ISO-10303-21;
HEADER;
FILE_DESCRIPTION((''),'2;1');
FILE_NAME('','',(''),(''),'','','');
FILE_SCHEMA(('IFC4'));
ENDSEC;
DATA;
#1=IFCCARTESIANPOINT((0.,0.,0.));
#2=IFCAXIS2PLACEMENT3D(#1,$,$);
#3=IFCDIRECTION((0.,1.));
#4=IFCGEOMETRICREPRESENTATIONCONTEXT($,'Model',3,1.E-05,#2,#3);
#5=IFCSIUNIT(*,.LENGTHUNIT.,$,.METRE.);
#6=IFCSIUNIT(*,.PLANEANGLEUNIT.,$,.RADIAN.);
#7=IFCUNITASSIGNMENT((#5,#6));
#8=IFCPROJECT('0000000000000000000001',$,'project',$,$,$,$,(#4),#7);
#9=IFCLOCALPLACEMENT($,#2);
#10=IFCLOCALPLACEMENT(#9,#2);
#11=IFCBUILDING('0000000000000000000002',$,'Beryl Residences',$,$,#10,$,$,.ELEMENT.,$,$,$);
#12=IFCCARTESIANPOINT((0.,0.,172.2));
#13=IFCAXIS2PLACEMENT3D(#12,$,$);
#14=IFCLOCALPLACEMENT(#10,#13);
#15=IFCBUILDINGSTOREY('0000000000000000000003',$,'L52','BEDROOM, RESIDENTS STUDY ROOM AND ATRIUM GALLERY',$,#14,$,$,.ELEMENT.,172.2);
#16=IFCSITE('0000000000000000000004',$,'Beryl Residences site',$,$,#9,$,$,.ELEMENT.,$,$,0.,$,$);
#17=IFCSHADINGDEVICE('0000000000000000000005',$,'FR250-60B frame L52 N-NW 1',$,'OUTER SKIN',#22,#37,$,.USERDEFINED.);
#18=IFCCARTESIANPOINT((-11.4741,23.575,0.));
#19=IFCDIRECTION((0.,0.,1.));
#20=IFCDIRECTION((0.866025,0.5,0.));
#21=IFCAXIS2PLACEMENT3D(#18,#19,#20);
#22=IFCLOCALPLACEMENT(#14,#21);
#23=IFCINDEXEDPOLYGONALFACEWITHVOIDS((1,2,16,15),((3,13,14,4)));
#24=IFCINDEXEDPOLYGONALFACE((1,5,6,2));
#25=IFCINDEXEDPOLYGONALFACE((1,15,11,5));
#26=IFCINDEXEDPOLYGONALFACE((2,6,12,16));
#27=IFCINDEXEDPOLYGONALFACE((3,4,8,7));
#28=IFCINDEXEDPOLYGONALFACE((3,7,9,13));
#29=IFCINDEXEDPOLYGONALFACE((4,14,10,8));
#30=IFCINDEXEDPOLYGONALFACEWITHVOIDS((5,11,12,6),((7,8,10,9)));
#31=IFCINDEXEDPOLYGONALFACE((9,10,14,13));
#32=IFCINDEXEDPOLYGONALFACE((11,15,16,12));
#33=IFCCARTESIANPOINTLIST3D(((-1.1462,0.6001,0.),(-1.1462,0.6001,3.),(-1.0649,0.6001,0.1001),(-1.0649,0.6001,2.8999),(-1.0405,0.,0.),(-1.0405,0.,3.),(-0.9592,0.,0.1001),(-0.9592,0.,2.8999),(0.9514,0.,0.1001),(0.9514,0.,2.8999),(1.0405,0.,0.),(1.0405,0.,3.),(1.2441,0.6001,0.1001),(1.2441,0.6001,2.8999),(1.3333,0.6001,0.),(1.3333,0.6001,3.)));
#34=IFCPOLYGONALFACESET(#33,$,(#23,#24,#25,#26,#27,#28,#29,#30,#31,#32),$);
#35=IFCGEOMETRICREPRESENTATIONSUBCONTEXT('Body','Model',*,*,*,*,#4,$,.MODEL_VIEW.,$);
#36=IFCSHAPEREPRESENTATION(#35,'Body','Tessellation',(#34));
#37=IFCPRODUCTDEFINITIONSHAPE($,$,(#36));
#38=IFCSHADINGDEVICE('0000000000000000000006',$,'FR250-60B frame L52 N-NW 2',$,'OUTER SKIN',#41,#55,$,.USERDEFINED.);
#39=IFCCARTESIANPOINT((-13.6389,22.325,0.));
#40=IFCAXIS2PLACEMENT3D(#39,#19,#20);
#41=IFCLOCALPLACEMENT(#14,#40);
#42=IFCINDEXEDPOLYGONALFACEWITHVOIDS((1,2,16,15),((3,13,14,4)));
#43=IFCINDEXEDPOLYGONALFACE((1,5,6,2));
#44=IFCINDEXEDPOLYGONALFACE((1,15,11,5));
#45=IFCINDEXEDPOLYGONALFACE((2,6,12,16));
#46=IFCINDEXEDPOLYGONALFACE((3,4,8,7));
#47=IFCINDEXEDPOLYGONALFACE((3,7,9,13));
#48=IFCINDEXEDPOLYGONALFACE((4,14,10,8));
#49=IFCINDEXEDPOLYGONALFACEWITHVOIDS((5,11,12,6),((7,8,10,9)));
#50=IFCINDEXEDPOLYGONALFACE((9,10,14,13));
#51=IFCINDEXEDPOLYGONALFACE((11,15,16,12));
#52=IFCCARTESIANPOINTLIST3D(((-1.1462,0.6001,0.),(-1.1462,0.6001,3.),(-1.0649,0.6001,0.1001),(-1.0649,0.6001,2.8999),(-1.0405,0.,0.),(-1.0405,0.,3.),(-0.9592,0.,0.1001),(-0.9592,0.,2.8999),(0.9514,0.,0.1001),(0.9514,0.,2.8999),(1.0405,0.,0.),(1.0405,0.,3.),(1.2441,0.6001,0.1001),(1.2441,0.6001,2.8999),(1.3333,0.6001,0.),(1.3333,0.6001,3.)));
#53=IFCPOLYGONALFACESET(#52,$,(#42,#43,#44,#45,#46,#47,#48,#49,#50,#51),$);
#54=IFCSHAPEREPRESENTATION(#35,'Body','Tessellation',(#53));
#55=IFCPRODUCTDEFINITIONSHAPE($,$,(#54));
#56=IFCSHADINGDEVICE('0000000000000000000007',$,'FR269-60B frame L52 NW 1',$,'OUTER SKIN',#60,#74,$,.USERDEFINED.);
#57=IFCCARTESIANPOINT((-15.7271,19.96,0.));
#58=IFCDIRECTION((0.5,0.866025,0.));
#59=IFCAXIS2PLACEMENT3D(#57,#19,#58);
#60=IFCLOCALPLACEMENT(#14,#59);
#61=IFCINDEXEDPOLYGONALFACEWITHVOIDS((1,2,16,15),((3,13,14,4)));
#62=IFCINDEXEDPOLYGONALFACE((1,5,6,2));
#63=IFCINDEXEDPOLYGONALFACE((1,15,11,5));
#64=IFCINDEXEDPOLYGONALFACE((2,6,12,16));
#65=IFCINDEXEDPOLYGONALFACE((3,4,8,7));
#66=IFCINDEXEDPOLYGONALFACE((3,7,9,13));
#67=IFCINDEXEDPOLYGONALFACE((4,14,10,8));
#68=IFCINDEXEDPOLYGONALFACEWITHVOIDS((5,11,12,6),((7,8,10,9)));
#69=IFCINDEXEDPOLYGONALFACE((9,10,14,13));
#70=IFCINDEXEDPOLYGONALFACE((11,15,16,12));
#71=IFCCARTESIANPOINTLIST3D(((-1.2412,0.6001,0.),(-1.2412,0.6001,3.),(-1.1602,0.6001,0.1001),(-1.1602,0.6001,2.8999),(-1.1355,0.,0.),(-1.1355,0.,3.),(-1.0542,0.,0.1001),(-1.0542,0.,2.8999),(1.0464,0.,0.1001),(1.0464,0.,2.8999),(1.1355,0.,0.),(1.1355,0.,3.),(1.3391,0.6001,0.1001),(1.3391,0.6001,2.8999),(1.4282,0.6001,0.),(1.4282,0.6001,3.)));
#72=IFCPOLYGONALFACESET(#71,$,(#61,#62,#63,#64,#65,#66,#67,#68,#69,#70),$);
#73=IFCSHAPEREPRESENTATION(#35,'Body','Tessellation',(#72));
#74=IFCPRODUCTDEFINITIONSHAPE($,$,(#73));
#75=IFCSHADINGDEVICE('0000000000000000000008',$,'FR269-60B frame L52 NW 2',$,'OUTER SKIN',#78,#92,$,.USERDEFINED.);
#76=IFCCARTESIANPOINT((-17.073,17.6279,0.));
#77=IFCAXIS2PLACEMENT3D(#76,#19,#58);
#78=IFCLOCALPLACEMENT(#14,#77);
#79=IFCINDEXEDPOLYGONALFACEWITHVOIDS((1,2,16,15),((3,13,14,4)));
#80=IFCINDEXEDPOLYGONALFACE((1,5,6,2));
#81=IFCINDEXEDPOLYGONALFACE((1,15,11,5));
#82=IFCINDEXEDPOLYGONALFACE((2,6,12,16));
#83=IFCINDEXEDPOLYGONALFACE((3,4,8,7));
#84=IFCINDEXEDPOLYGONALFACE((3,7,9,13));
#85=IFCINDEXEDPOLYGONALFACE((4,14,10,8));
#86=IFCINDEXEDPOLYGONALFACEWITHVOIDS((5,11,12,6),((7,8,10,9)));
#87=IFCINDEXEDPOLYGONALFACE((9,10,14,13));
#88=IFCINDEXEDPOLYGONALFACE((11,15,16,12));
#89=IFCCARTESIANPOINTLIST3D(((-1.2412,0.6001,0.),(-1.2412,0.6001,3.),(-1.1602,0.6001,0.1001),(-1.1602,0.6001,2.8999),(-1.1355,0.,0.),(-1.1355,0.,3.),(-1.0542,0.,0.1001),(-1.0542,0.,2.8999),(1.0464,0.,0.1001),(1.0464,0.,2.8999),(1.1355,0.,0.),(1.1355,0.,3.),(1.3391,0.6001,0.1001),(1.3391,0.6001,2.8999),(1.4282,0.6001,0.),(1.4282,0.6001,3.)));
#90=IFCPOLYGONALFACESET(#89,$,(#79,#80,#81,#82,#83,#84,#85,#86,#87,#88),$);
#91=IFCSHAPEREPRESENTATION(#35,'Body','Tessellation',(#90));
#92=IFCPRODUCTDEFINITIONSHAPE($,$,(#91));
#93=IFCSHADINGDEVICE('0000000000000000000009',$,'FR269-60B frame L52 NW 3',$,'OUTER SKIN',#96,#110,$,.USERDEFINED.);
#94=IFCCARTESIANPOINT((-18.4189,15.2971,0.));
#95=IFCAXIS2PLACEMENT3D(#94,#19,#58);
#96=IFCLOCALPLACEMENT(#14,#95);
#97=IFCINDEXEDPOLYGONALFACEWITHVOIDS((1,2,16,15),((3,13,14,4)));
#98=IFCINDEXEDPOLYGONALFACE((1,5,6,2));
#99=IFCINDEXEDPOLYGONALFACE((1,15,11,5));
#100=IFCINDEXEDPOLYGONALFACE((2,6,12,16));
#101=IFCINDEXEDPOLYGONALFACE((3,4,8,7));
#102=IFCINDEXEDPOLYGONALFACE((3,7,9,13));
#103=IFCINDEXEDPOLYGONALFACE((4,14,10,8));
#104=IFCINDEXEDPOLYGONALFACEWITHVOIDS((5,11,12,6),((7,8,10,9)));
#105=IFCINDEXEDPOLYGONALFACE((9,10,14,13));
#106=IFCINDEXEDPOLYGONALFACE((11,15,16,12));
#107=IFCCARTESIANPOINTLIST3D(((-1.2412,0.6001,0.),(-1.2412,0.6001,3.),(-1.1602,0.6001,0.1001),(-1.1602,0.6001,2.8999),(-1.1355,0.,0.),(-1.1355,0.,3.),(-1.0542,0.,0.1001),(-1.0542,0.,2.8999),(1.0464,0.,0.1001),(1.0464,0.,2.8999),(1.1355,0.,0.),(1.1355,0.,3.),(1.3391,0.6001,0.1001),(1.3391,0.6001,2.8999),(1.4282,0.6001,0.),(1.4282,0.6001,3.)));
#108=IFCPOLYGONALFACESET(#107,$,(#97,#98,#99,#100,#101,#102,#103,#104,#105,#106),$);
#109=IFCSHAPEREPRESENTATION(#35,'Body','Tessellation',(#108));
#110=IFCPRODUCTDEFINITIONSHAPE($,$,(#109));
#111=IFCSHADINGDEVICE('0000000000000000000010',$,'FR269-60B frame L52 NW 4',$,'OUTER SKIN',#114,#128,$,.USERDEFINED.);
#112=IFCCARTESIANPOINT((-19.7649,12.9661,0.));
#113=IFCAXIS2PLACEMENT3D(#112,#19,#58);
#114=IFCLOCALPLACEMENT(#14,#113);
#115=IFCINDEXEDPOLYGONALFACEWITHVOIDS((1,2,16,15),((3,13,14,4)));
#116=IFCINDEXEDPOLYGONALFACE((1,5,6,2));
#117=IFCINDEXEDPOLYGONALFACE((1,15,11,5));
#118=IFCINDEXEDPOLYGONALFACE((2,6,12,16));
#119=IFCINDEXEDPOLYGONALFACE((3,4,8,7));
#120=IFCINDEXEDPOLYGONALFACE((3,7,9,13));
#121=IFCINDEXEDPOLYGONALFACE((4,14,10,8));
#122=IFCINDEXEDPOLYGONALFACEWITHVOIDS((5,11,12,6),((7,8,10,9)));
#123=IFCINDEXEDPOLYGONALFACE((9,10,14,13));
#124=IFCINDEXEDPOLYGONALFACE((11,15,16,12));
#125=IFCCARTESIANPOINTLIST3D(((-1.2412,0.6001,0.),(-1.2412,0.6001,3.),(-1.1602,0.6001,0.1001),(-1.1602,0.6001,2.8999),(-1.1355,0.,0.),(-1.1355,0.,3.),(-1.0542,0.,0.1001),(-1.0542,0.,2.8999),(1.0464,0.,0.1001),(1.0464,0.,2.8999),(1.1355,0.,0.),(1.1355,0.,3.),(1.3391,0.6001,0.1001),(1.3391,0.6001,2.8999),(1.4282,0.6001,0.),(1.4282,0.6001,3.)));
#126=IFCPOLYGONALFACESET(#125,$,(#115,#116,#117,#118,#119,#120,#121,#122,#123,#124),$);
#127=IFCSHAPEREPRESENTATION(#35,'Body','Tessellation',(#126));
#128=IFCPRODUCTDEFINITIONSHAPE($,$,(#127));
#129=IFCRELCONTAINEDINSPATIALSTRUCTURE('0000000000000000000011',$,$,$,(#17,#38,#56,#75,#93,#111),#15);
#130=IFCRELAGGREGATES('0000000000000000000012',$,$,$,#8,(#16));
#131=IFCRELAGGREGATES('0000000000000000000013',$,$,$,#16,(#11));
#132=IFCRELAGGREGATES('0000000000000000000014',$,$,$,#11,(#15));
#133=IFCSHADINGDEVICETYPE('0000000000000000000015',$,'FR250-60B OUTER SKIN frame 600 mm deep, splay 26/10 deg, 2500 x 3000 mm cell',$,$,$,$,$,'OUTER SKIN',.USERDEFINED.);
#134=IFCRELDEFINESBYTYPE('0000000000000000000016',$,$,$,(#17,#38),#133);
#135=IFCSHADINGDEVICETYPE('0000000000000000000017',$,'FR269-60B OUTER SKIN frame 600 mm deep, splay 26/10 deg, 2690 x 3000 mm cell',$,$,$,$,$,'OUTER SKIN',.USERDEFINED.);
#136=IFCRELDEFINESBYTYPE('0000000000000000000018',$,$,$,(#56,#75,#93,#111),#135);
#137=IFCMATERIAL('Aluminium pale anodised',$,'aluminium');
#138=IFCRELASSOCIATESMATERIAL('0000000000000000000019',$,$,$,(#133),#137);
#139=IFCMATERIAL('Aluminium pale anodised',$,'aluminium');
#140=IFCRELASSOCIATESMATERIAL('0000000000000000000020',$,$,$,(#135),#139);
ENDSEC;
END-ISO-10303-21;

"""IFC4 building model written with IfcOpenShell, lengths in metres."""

from ifc_helpers import new_model, entity, si_unit, direction, frame, origin, place, context, subcontext, project, spatial, source, transform, mapped, material, type_object, type_shapes, element, save


model = new_model("IFC4")

# Units and contexts
model_context = context("Model", 3, precision=1e-05, world=origin(), true_north=direction((0.0, 1.0)))
body_context = subcontext(model_context, "Body", "Model", "MODEL_VIEW")
ifc_project = project(units=[si_unit("LENGTHUNIT", "METRE"), si_unit("PLANEANGLEUNIT", "RADIAN")], contexts=[model_context])

# Site, building, storey
site_placement = place(None, origin())
site = spatial("IfcSite", under=ifc_project, at=site_placement, Name="Beryl Residences site", CompositionType="ELEMENT", RefElevation=0.0)
building_placement = place(site_placement, origin())
building = spatial("IfcBuilding", under=site, at=building_placement, Name="Beryl Residences", CompositionType="ELEMENT")
storey_placement = place(building_placement, frame((0.0, 0.0, 172.2)))
storey = spatial("IfcBuildingStorey", under=building, at=storey_placement, Name="L52", Description="BEDROOM, RESIDENTS STUDY ROOM AND ATRIUM GALLERY", CompositionType="ELEMENT", Elevation=172.2)

# Shading devices
ifc_material_1 = material(Name="Aluminium pale anodised", Category="aluminium")
shading_device_type_1 = type_object("IfcShadingDeviceType", Name="FR250-60B OUTER SKIN frame 600 mm deep, splay 26/10 deg, 2500 x 3000 mm cell", ElementType="OUTER SKIN", PredefinedType="USERDEFINED", material=ifc_material_1)
cartesian_point_1 = entity("IfcCartesianPoint", [-1.0405, 0.0])
cartesian_point_2 = entity("IfcCartesianPoint", [-0.9514, 0.1001])
cartesian_point_3 = entity("IfcCartesianPoint", [-1.3333, 0.0])
cartesian_point_4 = entity("IfcCartesianPoint", [-1.2441, 0.1001])
shared_shape_1 = source(origin(), body_context, "Body", "SweptSolid", [
    entity("IfcExtrudedAreaSolidTapered", entity("IfcArbitraryProfileDefWithVoids", "AREA", None, entity("IfcPolyline", [cartesian_point_1, entity("IfcCartesianPoint", [1.0405, 0.0]), entity("IfcCartesianPoint", [1.0405, 3.0]), entity("IfcCartesianPoint", [-1.0405, 3.0]), cartesian_point_1]), [entity("IfcPolyline", [cartesian_point_2, entity("IfcCartesianPoint", [0.9592, 0.1001]), entity("IfcCartesianPoint", [0.9592, 2.8999]), entity("IfcCartesianPoint", [-0.9514, 2.8999]), cartesian_point_2])]), entity("IfcAxis2Placement3D", entity("IfcCartesianPoint", [0.0, 0.0, 0.0]), entity("IfcDirection", [0.0, 1.0, 0.0]), entity("IfcDirection", [-1.0, 0.0, 0.0])), entity("IfcDirection", [0.0, 0.0, 1.0]), 0.6001, entity("IfcArbitraryProfileDefWithVoids", "AREA", None, entity("IfcPolyline", [cartesian_point_3, entity("IfcCartesianPoint", [1.1462, 0.0]), entity("IfcCartesianPoint", [1.1462, 3.0]), entity("IfcCartesianPoint", [-1.3333, 3.0]), cartesian_point_3]), [entity("IfcPolyline", [cartesian_point_4, entity("IfcCartesianPoint", [1.0649, 0.1001]), entity("IfcCartesianPoint", [1.0649, 2.8999]), entity("IfcCartesianPoint", [-1.2441, 2.8999]), cartesian_point_4])])),
])
type_shapes(shading_device_type_1, [shared_shape_1])
for number, where, z_axis, x_axis, name in (
    (1, (-11.4741, 23.575, 0.0), (0.0, 0.0, 1.0), (0.866025, 0.5, 0.0), "FR250-60B frame L52 N-NW 1"),
    (2, (-13.6389, 22.325, 0.0), (0.0, 0.0, 1.0), (0.866025, 0.5, 0.0), "FR250-60B frame L52 N-NW 2"),
):
    element("IfcShadingDevice", number, at=place(storey_placement, frame(where, z_axis=z_axis, x_axis=x_axis)), inside=storey, type_object=shading_device_type_1, Name=name, ObjectType="OUTER SKIN", PredefinedType="USERDEFINED", context=body_context, shape_type="MappedRepresentation", body=[
        mapped(shared_shape_1, transform((0.0, 0.0, 0.0))),
    ])
ifc_material_2 = material(Name="Aluminium pale anodised", Category="aluminium")
shading_device_type_2 = type_object("IfcShadingDeviceType", Name="FR269-60B OUTER SKIN frame 600 mm deep, splay 26/10 deg, 2690 x 3000 mm cell", ElementType="OUTER SKIN", PredefinedType="USERDEFINED", material=ifc_material_2)
cartesian_point_5 = entity("IfcCartesianPoint", [-1.1355, 0.0])
cartesian_point_6 = entity("IfcCartesianPoint", [-1.0464, 0.1001])
cartesian_point_7 = entity("IfcCartesianPoint", [-1.4282, 0.0])
cartesian_point_8 = entity("IfcCartesianPoint", [-1.3391, 0.1001])
shared_shape_2 = source(origin(), body_context, "Body", "SweptSolid", [
    entity("IfcExtrudedAreaSolidTapered", entity("IfcArbitraryProfileDefWithVoids", "AREA", None, entity("IfcPolyline", [cartesian_point_5, entity("IfcCartesianPoint", [1.1355, 0.0]), entity("IfcCartesianPoint", [1.1355, 3.0]), entity("IfcCartesianPoint", [-1.1355, 3.0]), cartesian_point_5]), [entity("IfcPolyline", [cartesian_point_6, entity("IfcCartesianPoint", [1.0542, 0.1001]), entity("IfcCartesianPoint", [1.0542, 2.8999]), entity("IfcCartesianPoint", [-1.0464, 2.8999]), cartesian_point_6])]), entity("IfcAxis2Placement3D", entity("IfcCartesianPoint", [0.0, 0.0, 0.0]), entity("IfcDirection", [0.0, 1.0, 0.0]), entity("IfcDirection", [-1.0, 0.0, 0.0])), entity("IfcDirection", [0.0, 0.0, 1.0]), 0.6001, entity("IfcArbitraryProfileDefWithVoids", "AREA", None, entity("IfcPolyline", [cartesian_point_7, entity("IfcCartesianPoint", [1.2412, 0.0]), entity("IfcCartesianPoint", [1.2412, 3.0]), entity("IfcCartesianPoint", [-1.4282, 3.0]), cartesian_point_7]), [entity("IfcPolyline", [cartesian_point_8, entity("IfcCartesianPoint", [1.1602, 0.1001]), entity("IfcCartesianPoint", [1.1602, 2.8999]), entity("IfcCartesianPoint", [-1.3391, 2.8999]), cartesian_point_8])])),
])
type_shapes(shading_device_type_2, [shared_shape_2])
for number, where, z_axis, x_axis, name in (
    (3, (-15.7271, 19.96, 0.0), (0.0, 0.0, 1.0), (0.5, 0.866025, 0.0), "FR269-60B frame L52 NW 1"),
    (4, (-17.073, 17.6279, 0.0), (0.0, 0.0, 1.0), (0.5, 0.866025, 0.0), "FR269-60B frame L52 NW 2"),
    (5, (-18.4189, 15.2971, 0.0), (0.0, 0.0, 1.0), (0.5, 0.866025, 0.0), "FR269-60B frame L52 NW 3"),
    (6, (-19.7649, 12.9661, 0.0), (0.0, 0.0, 1.0), (0.5, 0.866025, 0.0), "FR269-60B frame L52 NW 4"),
):
    element("IfcShadingDevice", number, at=place(storey_placement, frame(where, z_axis=z_axis, x_axis=x_axis)), inside=storey, type_object=shading_device_type_2, Name=name, ObjectType="OUTER SKIN", PredefinedType="USERDEFINED", context=body_context, shape_type="MappedRepresentation", body=[
        mapped(shared_shape_2, transform((0.0, 0.0, 0.0))),
    ])

save(model, "model.ifc")
